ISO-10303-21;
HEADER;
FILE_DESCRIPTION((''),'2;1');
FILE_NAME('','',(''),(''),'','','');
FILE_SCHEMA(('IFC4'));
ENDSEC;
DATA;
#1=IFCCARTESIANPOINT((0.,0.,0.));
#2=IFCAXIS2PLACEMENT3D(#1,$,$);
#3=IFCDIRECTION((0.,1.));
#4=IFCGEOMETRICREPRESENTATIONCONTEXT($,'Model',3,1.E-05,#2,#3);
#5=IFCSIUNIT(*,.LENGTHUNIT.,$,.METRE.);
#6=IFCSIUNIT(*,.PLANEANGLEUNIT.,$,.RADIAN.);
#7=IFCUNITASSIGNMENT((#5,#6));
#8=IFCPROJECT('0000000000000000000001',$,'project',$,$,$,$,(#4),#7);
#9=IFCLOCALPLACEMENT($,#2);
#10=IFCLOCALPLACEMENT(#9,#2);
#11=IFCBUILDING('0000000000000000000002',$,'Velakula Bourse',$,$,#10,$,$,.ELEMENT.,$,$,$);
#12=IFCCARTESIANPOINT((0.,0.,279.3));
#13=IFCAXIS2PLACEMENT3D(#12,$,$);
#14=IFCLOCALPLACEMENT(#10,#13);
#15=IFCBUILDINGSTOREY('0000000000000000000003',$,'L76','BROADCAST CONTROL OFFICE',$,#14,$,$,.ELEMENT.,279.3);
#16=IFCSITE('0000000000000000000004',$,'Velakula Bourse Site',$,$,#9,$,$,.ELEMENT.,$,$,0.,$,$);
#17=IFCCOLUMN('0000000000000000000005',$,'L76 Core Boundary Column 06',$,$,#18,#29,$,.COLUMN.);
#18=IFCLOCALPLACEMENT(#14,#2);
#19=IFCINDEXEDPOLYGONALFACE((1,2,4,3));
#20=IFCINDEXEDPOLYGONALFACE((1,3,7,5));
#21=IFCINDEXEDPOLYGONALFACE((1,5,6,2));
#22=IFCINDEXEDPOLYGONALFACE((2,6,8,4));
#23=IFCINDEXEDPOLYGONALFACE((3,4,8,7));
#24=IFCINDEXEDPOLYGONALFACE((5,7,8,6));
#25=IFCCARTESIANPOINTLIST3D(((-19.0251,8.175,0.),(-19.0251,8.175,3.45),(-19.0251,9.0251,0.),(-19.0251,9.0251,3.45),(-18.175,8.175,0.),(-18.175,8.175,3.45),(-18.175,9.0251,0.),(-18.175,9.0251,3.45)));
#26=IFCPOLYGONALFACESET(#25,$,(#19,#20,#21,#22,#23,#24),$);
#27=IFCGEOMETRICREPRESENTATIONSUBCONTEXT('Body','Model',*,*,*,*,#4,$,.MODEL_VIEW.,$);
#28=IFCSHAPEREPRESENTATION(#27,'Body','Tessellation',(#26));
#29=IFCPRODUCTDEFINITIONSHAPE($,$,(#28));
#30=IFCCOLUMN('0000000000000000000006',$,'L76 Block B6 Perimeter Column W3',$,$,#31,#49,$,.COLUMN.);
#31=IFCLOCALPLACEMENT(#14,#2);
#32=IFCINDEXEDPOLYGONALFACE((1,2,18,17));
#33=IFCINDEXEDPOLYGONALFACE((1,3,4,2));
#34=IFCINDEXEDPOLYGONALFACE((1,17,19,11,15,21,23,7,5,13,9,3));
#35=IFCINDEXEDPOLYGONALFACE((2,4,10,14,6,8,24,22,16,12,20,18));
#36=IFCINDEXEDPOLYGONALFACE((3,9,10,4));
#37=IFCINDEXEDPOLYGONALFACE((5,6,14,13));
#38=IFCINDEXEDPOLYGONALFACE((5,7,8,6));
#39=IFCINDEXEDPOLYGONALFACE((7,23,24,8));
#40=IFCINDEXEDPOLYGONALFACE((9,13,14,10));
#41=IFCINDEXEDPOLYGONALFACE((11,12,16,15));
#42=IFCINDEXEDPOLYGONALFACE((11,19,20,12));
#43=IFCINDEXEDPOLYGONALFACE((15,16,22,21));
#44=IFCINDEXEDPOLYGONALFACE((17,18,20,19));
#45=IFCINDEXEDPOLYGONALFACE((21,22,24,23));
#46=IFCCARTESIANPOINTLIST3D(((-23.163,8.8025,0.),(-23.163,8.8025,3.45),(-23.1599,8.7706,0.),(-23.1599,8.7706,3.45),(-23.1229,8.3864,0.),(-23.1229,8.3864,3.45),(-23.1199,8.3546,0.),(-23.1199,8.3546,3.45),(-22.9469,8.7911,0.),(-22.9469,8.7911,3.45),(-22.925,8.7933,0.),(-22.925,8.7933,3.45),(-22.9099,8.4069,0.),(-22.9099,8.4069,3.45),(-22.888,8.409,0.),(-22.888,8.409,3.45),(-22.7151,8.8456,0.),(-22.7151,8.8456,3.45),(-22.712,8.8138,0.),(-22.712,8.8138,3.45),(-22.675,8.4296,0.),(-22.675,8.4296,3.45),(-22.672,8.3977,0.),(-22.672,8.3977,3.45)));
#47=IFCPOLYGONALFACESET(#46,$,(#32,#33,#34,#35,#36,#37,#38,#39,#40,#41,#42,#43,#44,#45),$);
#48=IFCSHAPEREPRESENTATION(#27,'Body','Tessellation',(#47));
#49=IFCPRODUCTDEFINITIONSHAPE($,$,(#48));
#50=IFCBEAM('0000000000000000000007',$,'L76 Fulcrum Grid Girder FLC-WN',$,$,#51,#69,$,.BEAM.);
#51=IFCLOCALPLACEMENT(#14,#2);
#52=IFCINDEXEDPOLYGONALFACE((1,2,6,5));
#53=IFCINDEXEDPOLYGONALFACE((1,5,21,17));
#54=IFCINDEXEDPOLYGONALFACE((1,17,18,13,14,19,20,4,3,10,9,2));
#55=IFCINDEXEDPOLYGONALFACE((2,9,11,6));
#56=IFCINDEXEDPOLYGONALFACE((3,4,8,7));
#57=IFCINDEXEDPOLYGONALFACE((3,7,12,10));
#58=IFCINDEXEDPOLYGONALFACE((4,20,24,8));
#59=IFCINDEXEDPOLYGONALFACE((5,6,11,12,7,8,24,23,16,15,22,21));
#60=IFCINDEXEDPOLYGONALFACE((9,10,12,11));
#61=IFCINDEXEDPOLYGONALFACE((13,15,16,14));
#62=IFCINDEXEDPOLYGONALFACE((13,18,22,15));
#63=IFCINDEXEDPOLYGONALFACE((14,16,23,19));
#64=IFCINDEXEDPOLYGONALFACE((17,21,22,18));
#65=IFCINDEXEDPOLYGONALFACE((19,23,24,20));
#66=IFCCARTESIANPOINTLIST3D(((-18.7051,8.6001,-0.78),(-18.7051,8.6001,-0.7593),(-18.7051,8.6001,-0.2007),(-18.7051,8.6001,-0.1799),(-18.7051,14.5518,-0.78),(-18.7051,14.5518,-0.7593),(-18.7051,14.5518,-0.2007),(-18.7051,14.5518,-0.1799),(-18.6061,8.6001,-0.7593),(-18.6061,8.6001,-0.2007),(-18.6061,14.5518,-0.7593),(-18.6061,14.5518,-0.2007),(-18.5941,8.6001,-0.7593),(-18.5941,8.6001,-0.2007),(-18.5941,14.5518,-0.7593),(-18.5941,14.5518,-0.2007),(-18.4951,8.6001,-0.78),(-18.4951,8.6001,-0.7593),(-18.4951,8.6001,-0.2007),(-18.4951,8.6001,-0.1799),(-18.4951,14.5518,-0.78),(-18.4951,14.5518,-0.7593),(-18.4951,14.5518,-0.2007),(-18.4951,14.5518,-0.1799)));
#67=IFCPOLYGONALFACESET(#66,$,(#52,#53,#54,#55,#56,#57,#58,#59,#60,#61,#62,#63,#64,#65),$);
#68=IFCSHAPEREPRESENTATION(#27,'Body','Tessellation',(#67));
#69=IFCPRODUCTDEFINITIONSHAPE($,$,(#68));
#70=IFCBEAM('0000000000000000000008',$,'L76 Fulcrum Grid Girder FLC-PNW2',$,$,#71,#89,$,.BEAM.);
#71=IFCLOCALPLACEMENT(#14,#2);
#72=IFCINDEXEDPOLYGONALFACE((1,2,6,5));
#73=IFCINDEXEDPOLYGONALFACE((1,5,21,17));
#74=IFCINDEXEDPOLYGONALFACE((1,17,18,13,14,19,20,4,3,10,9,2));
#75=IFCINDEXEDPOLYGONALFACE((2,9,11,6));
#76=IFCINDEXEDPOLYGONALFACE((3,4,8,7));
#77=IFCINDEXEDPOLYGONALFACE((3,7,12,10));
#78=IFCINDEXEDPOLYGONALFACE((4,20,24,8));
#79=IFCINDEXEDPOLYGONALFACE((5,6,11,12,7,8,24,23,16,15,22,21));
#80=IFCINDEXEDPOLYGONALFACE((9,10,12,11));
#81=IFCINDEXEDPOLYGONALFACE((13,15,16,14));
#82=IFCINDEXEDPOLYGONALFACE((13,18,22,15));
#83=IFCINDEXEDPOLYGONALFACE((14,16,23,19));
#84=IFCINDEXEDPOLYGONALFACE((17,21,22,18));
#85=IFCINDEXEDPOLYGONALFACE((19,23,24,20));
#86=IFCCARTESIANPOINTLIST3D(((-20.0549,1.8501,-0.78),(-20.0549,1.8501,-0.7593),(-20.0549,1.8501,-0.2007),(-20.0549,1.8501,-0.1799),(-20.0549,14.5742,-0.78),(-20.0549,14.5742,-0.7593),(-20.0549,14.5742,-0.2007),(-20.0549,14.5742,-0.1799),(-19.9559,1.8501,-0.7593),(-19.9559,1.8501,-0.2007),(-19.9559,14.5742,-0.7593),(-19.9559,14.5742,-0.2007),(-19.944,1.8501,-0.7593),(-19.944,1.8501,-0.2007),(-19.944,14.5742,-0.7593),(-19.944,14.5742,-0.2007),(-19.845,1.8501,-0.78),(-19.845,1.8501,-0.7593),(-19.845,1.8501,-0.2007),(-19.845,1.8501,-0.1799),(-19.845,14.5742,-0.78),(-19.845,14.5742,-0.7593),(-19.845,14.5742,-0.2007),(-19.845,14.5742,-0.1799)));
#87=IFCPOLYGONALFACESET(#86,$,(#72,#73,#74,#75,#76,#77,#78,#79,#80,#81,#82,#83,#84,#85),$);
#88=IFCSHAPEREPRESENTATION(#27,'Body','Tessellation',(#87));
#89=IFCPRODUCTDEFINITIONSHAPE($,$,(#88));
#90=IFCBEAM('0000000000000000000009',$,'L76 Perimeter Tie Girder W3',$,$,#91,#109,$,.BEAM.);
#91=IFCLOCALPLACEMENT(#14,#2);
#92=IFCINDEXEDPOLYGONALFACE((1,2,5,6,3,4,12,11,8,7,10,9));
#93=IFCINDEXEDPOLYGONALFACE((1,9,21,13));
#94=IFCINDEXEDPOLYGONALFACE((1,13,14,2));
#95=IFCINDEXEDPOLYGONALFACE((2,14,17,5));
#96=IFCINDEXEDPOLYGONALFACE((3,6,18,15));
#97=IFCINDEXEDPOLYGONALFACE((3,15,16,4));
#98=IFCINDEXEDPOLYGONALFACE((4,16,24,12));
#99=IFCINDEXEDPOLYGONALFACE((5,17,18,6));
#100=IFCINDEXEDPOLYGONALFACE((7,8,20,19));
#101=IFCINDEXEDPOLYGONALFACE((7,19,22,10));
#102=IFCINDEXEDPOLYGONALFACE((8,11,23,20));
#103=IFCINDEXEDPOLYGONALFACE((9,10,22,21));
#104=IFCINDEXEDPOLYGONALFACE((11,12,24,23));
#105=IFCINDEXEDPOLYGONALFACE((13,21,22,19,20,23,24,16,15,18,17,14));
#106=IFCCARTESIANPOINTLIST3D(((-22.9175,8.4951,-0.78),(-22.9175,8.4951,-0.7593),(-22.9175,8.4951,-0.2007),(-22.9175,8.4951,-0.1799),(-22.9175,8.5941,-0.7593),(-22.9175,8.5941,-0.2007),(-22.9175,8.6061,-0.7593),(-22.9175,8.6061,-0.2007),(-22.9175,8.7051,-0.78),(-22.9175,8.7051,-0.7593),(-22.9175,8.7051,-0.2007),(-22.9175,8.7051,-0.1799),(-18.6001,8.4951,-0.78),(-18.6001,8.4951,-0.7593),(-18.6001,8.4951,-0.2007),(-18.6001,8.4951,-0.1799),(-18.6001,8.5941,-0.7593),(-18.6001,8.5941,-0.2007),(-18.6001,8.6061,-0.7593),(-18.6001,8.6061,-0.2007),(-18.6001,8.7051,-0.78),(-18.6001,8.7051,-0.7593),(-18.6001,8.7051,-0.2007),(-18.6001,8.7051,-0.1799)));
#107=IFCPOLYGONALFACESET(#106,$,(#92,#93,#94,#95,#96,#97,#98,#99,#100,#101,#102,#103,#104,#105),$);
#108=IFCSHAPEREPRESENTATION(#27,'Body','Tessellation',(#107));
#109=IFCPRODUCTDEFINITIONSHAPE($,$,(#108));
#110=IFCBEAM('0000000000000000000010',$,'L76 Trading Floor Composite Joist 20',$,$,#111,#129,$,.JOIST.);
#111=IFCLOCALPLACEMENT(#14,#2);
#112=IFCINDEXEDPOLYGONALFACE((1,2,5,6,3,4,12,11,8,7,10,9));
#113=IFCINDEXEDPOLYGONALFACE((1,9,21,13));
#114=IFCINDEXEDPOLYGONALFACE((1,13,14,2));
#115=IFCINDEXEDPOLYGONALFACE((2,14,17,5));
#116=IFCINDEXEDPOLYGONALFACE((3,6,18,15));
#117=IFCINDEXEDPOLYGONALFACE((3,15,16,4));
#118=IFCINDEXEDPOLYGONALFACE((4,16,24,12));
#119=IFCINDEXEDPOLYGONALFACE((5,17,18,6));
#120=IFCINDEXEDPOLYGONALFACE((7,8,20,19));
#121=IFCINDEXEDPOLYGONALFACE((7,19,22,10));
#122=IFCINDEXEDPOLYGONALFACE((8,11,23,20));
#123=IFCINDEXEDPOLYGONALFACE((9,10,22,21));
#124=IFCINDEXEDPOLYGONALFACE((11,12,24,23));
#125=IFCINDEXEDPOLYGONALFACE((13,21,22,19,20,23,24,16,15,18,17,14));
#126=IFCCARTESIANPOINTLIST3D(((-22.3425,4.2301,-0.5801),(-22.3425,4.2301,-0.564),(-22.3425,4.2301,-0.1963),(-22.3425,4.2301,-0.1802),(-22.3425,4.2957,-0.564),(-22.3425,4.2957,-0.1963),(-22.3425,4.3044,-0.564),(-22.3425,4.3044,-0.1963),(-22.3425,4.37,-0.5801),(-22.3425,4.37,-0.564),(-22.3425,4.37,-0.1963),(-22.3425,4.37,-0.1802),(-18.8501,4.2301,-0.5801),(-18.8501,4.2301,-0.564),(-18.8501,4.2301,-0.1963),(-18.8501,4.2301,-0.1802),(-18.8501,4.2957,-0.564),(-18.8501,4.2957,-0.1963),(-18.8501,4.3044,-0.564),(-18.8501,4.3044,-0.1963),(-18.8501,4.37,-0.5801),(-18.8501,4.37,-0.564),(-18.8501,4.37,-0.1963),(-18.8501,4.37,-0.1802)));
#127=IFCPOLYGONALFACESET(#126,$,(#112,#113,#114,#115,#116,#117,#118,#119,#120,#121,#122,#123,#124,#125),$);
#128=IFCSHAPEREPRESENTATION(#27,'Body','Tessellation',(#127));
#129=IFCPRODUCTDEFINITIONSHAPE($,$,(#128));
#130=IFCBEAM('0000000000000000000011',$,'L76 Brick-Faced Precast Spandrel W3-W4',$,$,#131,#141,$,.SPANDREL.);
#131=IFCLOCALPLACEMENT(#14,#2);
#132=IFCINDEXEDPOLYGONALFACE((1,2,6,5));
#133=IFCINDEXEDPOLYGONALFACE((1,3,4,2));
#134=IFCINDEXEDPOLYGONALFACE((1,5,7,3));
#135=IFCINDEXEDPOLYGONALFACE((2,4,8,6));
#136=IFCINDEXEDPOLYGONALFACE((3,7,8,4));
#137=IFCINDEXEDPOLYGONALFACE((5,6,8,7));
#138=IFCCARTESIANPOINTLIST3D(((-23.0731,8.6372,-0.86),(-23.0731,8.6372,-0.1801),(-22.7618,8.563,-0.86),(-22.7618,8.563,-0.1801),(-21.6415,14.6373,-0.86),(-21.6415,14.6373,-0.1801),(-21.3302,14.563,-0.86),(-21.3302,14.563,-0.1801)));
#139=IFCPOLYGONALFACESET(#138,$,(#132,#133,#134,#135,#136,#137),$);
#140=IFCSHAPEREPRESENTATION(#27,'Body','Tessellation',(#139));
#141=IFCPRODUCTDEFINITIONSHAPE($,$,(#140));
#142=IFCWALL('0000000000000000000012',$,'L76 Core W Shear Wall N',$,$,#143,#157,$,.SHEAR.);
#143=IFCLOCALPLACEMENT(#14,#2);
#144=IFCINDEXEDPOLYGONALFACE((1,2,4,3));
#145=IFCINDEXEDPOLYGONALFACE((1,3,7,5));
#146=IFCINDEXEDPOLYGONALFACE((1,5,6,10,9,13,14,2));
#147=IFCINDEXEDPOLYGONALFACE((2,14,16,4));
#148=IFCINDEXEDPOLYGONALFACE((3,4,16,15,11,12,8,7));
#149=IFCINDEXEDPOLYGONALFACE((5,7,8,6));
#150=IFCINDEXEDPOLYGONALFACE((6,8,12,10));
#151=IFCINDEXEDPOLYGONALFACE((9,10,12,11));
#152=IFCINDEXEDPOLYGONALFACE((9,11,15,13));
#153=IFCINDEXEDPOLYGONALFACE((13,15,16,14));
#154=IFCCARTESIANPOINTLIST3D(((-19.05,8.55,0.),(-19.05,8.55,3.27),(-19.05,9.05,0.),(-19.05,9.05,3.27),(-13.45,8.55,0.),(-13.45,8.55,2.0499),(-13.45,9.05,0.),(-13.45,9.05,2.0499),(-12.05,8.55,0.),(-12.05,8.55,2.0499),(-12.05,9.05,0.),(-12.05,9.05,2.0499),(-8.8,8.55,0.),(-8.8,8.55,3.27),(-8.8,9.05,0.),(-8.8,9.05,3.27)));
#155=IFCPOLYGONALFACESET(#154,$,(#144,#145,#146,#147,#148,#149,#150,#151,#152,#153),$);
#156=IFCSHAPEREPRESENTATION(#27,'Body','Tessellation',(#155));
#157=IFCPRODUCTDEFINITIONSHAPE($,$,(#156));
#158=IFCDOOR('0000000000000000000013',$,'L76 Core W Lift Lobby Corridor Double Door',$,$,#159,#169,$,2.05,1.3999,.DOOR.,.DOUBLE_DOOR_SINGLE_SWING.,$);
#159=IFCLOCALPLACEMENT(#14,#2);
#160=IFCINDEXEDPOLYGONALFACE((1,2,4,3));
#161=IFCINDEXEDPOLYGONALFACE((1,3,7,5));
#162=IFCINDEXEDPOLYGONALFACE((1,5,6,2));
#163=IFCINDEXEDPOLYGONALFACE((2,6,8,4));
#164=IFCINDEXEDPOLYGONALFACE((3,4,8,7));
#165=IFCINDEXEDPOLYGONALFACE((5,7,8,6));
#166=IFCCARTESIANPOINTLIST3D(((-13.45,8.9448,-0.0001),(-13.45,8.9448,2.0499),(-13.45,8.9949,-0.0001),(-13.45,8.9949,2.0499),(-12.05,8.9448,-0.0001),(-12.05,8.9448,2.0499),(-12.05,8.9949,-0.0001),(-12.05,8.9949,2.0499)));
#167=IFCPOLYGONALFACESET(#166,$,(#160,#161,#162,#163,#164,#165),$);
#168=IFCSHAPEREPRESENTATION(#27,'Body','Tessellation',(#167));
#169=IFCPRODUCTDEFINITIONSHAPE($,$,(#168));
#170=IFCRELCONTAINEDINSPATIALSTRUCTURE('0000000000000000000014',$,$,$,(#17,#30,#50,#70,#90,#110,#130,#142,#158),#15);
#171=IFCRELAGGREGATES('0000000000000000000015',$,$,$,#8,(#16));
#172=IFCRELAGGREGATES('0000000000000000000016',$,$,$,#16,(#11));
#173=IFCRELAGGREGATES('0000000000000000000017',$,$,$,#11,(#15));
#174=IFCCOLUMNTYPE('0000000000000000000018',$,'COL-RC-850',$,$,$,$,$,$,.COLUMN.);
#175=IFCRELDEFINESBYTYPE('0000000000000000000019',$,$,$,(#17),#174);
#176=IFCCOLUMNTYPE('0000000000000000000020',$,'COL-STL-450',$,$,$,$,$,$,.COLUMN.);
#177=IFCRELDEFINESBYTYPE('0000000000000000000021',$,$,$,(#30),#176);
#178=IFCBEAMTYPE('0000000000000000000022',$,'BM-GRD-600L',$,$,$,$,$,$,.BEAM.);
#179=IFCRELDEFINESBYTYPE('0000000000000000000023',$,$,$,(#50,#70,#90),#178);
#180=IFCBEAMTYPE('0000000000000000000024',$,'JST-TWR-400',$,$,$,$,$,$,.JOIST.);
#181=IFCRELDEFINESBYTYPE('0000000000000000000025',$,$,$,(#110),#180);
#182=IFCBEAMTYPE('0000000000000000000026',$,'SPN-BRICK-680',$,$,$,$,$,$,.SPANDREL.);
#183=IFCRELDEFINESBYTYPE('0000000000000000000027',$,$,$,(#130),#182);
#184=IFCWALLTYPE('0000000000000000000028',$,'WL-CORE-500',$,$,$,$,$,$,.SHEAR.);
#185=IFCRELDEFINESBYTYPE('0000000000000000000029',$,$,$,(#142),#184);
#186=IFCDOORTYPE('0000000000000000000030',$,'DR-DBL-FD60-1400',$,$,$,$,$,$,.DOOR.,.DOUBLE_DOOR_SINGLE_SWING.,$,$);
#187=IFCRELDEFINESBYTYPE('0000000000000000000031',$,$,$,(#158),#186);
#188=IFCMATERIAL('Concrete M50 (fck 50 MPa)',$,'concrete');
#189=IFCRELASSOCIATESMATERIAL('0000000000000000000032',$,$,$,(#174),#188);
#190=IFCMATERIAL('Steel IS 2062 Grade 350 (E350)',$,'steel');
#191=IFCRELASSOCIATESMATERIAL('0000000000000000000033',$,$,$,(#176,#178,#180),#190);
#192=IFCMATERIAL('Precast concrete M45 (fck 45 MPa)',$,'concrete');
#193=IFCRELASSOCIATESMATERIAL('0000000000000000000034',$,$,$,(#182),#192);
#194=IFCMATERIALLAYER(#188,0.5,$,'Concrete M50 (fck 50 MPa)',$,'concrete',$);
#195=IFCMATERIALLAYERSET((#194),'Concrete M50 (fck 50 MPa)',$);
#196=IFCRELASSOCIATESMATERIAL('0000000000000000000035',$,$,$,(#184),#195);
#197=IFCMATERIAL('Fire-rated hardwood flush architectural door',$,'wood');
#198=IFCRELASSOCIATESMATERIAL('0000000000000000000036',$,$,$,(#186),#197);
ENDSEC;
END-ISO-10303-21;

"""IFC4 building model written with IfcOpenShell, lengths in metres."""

from ifc_helpers import new_model, si_unit, direction, frame, frame_2d, origin, origin_2d, place, context, subcontext, project, spatial, rectangle, i_section, extrude, material, layer, layer_set, material_profile, profile_set, type_object, element, fill, save


model = new_model("IFC4")

# Units and contexts
model_context = context("Model", 3, precision=1e-05, world=origin(), true_north=direction((0.0, 1.0)))
body_context = subcontext(model_context, "Body", "Model", "MODEL_VIEW")
ifc_project = project(units=[si_unit("LENGTHUNIT", "METRE"), si_unit("PLANEANGLEUNIT", "RADIAN")], contexts=[model_context])

# Site, building, storey
site_placement = place(None, origin())
site = spatial("IfcSite", under=ifc_project, at=site_placement, Name="Velakula Bourse Site", CompositionType="ELEMENT", RefElevation=0.0)
building_placement = place(site_placement, origin())
building = spatial("IfcBuilding", under=site, at=building_placement, Name="Velakula Bourse", CompositionType="ELEMENT")
storey_placement = place(building_placement, frame((0.0, 0.0, 279.3)))
storey = spatial("IfcBuildingStorey", under=building, at=storey_placement, Name="L76", Description="BROADCAST CONTROL OFFICE", CompositionType="ELEMENT", Elevation=279.3)

# Columns
ifc_material_1 = material(Name="Concrete M50 (fck 50 MPa)", Category="concrete")
ifc_material_profile_1 = material_profile(ifc_material_1, rectangle(XDim=0.8501, YDim=0.8501, at=origin_2d()), Name="Concrete M50 (fck 50 MPa)")
ifc_profile_set_1 = profile_set([ifc_material_profile_1], Name="Concrete M50 (fck 50 MPa)")
column_type_1 = type_object("IfcColumnType", Name="COL-RC-850", PredefinedType="COLUMN", material=ifc_profile_set_1)
column_1_placement = place(storey_placement, frame((-18.6001, 8.6001, 0.0), z_axis=(0.0, 0.0, 1.0), x_axis=(1.0, 0.0, 0.0)))
element("IfcColumn", 1, at=column_1_placement, inside=storey, type_object=column_type_1, Name="L76 Core Boundary Column 06", PredefinedType="COLUMN", context=body_context, shape_type="SweptSolid", body=[
    extrude(rectangle(XDim=0.8501, YDim=0.8501, at=origin_2d()), origin(), (0.0, 0.0, 1.0), 3.45),
])
ifc_material_2 = material(Name="Steel IS 2062 Grade 350 (E350)", Category="steel")
ifc_material_profile_2 = material_profile(ifc_material_2, i_section(OverallWidth=0.45, OverallDepth=0.45, WebThickness=0.022, FlangeThickness=0.032, at=origin_2d()), Name="Steel IS 2062 Grade 350 (E350)")
ifc_profile_set_2 = profile_set([ifc_material_profile_2], Name="Steel IS 2062 Grade 350 (E350)")
column_type_2 = type_object("IfcColumnType", Name="COL-STL-450", PredefinedType="COLUMN", material=ifc_profile_set_2)
column_2_placement = place(storey_placement, frame((-22.9175, 8.6001, 0.0), z_axis=(0.0, 0.0, 1.0), x_axis=(0.995396, 0.095846, 0.0)))
element("IfcColumn", 2, at=column_2_placement, inside=storey, type_object=column_type_2, Name="L76 Block B6 Perimeter Column W3", PredefinedType="COLUMN", context=body_context, shape_type="SweptSolid", body=[
    extrude(i_section(OverallWidth=0.45, OverallDepth=0.45, WebThickness=0.022, FlangeThickness=0.032, at=origin_2d()), origin(), (0.0, 0.0, 1.0), 3.45),
])

# Beams
ifc_material_profile_3 = material_profile(ifc_material_2, i_section(OverallWidth=0.21, OverallDepth=0.6001, WebThickness=0.012, FlangeThickness=0.0208, at=origin_2d()), Name="Steel IS 2062 Grade 350 (E350)")
ifc_profile_set_3 = profile_set([ifc_material_profile_3], Name="Steel IS 2062 Grade 350 (E350)")
beam_type_1 = type_object("IfcBeamType", Name="BM-GRD-600L", PredefinedType="BEAM", material=ifc_profile_set_3)
beam_1_placement = place(storey_placement, frame((-18.6001, 8.6001, -0.48), z_axis=(0.0, 1.0, 0.0), x_axis=(-1.0, 0.0, 0.0)))
element("IfcBeam", 3, at=beam_1_placement, inside=storey, type_object=beam_type_1, Name="L76 Fulcrum Grid Girder FLC-WN", PredefinedType="BEAM", context=body_context, shape_type="SweptSolid", body=[
    extrude(i_section(OverallWidth=0.21, OverallDepth=0.6001, WebThickness=0.012, FlangeThickness=0.0208, at=origin_2d()), origin(), (0.0, 0.0, 1.0), 5.9517),
])
beam_2_placement = place(storey_placement, frame((-19.95, 1.8501, -0.48), z_axis=(0.0, 1.0, 0.0), x_axis=(-1.0, 0.0, 0.0)))
element("IfcBeam", 4, at=beam_2_placement, inside=storey, type_object=beam_type_1, Name="L76 Fulcrum Grid Girder FLC-PNW2", PredefinedType="BEAM", context=body_context, shape_type="SweptSolid", body=[
    extrude(i_section(OverallWidth=0.21, OverallDepth=0.6001, WebThickness=0.012, FlangeThickness=0.0208, at=origin_2d()), origin(), (0.0, 0.0, 1.0), 12.7241),
])
beam_3_placement = place(storey_placement, frame((-18.6001, 8.6001, -0.48), z_axis=(-1.0, 0.0, 0.0), x_axis=(0.0, -1.0, 0.0)))
element("IfcBeam", 5, at=beam_3_placement, inside=storey, type_object=beam_type_1, Name="L76 Perimeter Tie Girder W3", PredefinedType="BEAM", context=body_context, shape_type="SweptSolid", body=[
    extrude(i_section(OverallWidth=0.21, OverallDepth=0.6001, WebThickness=0.012, FlangeThickness=0.0208, at=origin_2d()), origin(), (0.0, 0.0, 1.0), 4.3174),
])
ifc_material_profile_4 = material_profile(ifc_material_2, i_section(OverallWidth=0.1399, OverallDepth=0.3999, WebThickness=0.0088, FlangeThickness=0.0161, at=origin_2d()), Name="Steel IS 2062 Grade 350 (E350)")
ifc_profile_set_4 = profile_set([ifc_material_profile_4], Name="Steel IS 2062 Grade 350 (E350)")
beam_type_2 = type_object("IfcBeamType", Name="JST-TWR-400", PredefinedType="JOIST", material=ifc_profile_set_4)
beam_4_placement = place(storey_placement, frame((-22.3425, 4.3, -0.3801), z_axis=(1.0, 0.0, 0.0), x_axis=(0.0, 1.0, 0.0)))
element("IfcBeam", 6, at=beam_4_placement, inside=storey, type_object=beam_type_2, Name="L76 Trading Floor Composite Joist 20", PredefinedType="JOIST", context=body_context, shape_type="SweptSolid", body=[
    extrude(i_section(OverallWidth=0.1399, OverallDepth=0.3999, WebThickness=0.0088, FlangeThickness=0.0161, at=origin_2d()), origin(), (0.0, 0.0, 1.0), 3.4924),
])
ifc_material_3 = material(Name="Precast concrete M45 (fck 45 MPa)", Category="concrete")
ifc_material_profile_5 = material_profile(ifc_material_3, rectangle(XDim=0.3201, YDim=0.6799, at=origin_2d()), Name="Precast concrete M45 (fck 45 MPa)")
ifc_profile_set_5 = profile_set([ifc_material_profile_5], Name="Precast concrete M45 (fck 45 MPa)")
beam_type_3 = type_object("IfcBeamType", Name="SPN-BRICK-680", PredefinedType="SPANDREL", material=ifc_profile_set_5)
beam_5_placement = place(storey_placement, frame((-22.9175, 8.6001, -0.52), z_axis=(0.232091, 0.972694, 0.0), x_axis=(-0.972694, 0.232091, 0.0)))
element("IfcBeam", 7, at=beam_5_placement, inside=storey, type_object=beam_type_3, Name="L76 Brick-Faced Precast Spandrel W3-W4", PredefinedType="SPANDREL", context=body_context, shape_type="SweptSolid", body=[
    extrude(rectangle(XDim=0.3201, YDim=0.6799, at=origin_2d()), origin(), (0.0, 0.0, 1.0), 6.1685),
])

# Wall, opening, door
ifc_layer_1 = layer(ifc_material_1, 0.5, Name="Concrete M50 (fck 50 MPa)", Category="concrete")
ifc_layer_set_1 = layer_set([ifc_layer_1], Name="Concrete M50 (fck 50 MPa)")
wall_type_1 = type_object("IfcWallType", Name="WL-CORE-500", PredefinedType="SHEAR", material=ifc_layer_set_1)
wall_1_placement = place(storey_placement, frame((-19.05, 8.8, 0.0), z_axis=(0.0, 0.0, 1.0), x_axis=(1.0, 0.0, 0.0)))
wall_1 = element("IfcWall", 8, at=wall_1_placement, inside=storey, type_object=wall_type_1, Name="L76 Core W Shear Wall N", PredefinedType="SHEAR", context=body_context, shape_type="SweptSolid", body=[
    extrude(rectangle(XDim=10.25, YDim=0.5, at=frame_2d((5.125, 0.0))), origin(), (0.0, 0.0, 1.0), 3.27),
])
opening_1_placement = place(wall_1_placement, frame((5.6001, 0.0, 0.0)))
opening_1 = element("IfcOpeningElement", 9, at=opening_1_placement, cuts=wall_1, PredefinedType="OPENING", context=body_context, shape_type="SweptSolid", body=[
    extrude(rectangle(XDim=1.3999, YDim=2.05, at=frame_2d((0.7, 1.0249))), frame((0.0, 0.26, 0.0), z_axis=(0.0, -1.0, 0.0), x_axis=(1.0, 0.0, 0.0)), (0.0, 0.0, 1.0), 0.52),
])
ifc_material_4 = material(Name="Fire-rated hardwood flush architectural door", Category="wood")
door_type_1 = type_object("IfcDoorType", Name="DR-DBL-FD60-1400", OperationType="DOUBLE_DOOR_SINGLE_SWING", PredefinedType="DOOR", material=ifc_material_4)
door_1_placement = place(opening_1_placement, origin())
door_1 = element("IfcDoor", 10, at=door_1_placement, inside=storey, type_object=door_type_1, Name="L76 Core W Lift Lobby Corridor Double Door", OperationType="DOUBLE_DOOR_SINGLE_SWING", OverallHeight=2.05, OverallWidth=1.3999, PredefinedType="DOOR", context=body_context, shape_type="SweptSolid", body=[
    extrude(rectangle(XDim=1.3999, YDim=2.05, at=frame_2d((0.7, 1.0249))), frame((0.0, 0.1948, 0.0), z_axis=(0.0, -1.0, 0.0), x_axis=(1.0, 0.0, 0.0)), (0.0, 0.0, 1.0), 0.05),
])
fill(opening_1, door_1)

save(model, "model.ifc")
